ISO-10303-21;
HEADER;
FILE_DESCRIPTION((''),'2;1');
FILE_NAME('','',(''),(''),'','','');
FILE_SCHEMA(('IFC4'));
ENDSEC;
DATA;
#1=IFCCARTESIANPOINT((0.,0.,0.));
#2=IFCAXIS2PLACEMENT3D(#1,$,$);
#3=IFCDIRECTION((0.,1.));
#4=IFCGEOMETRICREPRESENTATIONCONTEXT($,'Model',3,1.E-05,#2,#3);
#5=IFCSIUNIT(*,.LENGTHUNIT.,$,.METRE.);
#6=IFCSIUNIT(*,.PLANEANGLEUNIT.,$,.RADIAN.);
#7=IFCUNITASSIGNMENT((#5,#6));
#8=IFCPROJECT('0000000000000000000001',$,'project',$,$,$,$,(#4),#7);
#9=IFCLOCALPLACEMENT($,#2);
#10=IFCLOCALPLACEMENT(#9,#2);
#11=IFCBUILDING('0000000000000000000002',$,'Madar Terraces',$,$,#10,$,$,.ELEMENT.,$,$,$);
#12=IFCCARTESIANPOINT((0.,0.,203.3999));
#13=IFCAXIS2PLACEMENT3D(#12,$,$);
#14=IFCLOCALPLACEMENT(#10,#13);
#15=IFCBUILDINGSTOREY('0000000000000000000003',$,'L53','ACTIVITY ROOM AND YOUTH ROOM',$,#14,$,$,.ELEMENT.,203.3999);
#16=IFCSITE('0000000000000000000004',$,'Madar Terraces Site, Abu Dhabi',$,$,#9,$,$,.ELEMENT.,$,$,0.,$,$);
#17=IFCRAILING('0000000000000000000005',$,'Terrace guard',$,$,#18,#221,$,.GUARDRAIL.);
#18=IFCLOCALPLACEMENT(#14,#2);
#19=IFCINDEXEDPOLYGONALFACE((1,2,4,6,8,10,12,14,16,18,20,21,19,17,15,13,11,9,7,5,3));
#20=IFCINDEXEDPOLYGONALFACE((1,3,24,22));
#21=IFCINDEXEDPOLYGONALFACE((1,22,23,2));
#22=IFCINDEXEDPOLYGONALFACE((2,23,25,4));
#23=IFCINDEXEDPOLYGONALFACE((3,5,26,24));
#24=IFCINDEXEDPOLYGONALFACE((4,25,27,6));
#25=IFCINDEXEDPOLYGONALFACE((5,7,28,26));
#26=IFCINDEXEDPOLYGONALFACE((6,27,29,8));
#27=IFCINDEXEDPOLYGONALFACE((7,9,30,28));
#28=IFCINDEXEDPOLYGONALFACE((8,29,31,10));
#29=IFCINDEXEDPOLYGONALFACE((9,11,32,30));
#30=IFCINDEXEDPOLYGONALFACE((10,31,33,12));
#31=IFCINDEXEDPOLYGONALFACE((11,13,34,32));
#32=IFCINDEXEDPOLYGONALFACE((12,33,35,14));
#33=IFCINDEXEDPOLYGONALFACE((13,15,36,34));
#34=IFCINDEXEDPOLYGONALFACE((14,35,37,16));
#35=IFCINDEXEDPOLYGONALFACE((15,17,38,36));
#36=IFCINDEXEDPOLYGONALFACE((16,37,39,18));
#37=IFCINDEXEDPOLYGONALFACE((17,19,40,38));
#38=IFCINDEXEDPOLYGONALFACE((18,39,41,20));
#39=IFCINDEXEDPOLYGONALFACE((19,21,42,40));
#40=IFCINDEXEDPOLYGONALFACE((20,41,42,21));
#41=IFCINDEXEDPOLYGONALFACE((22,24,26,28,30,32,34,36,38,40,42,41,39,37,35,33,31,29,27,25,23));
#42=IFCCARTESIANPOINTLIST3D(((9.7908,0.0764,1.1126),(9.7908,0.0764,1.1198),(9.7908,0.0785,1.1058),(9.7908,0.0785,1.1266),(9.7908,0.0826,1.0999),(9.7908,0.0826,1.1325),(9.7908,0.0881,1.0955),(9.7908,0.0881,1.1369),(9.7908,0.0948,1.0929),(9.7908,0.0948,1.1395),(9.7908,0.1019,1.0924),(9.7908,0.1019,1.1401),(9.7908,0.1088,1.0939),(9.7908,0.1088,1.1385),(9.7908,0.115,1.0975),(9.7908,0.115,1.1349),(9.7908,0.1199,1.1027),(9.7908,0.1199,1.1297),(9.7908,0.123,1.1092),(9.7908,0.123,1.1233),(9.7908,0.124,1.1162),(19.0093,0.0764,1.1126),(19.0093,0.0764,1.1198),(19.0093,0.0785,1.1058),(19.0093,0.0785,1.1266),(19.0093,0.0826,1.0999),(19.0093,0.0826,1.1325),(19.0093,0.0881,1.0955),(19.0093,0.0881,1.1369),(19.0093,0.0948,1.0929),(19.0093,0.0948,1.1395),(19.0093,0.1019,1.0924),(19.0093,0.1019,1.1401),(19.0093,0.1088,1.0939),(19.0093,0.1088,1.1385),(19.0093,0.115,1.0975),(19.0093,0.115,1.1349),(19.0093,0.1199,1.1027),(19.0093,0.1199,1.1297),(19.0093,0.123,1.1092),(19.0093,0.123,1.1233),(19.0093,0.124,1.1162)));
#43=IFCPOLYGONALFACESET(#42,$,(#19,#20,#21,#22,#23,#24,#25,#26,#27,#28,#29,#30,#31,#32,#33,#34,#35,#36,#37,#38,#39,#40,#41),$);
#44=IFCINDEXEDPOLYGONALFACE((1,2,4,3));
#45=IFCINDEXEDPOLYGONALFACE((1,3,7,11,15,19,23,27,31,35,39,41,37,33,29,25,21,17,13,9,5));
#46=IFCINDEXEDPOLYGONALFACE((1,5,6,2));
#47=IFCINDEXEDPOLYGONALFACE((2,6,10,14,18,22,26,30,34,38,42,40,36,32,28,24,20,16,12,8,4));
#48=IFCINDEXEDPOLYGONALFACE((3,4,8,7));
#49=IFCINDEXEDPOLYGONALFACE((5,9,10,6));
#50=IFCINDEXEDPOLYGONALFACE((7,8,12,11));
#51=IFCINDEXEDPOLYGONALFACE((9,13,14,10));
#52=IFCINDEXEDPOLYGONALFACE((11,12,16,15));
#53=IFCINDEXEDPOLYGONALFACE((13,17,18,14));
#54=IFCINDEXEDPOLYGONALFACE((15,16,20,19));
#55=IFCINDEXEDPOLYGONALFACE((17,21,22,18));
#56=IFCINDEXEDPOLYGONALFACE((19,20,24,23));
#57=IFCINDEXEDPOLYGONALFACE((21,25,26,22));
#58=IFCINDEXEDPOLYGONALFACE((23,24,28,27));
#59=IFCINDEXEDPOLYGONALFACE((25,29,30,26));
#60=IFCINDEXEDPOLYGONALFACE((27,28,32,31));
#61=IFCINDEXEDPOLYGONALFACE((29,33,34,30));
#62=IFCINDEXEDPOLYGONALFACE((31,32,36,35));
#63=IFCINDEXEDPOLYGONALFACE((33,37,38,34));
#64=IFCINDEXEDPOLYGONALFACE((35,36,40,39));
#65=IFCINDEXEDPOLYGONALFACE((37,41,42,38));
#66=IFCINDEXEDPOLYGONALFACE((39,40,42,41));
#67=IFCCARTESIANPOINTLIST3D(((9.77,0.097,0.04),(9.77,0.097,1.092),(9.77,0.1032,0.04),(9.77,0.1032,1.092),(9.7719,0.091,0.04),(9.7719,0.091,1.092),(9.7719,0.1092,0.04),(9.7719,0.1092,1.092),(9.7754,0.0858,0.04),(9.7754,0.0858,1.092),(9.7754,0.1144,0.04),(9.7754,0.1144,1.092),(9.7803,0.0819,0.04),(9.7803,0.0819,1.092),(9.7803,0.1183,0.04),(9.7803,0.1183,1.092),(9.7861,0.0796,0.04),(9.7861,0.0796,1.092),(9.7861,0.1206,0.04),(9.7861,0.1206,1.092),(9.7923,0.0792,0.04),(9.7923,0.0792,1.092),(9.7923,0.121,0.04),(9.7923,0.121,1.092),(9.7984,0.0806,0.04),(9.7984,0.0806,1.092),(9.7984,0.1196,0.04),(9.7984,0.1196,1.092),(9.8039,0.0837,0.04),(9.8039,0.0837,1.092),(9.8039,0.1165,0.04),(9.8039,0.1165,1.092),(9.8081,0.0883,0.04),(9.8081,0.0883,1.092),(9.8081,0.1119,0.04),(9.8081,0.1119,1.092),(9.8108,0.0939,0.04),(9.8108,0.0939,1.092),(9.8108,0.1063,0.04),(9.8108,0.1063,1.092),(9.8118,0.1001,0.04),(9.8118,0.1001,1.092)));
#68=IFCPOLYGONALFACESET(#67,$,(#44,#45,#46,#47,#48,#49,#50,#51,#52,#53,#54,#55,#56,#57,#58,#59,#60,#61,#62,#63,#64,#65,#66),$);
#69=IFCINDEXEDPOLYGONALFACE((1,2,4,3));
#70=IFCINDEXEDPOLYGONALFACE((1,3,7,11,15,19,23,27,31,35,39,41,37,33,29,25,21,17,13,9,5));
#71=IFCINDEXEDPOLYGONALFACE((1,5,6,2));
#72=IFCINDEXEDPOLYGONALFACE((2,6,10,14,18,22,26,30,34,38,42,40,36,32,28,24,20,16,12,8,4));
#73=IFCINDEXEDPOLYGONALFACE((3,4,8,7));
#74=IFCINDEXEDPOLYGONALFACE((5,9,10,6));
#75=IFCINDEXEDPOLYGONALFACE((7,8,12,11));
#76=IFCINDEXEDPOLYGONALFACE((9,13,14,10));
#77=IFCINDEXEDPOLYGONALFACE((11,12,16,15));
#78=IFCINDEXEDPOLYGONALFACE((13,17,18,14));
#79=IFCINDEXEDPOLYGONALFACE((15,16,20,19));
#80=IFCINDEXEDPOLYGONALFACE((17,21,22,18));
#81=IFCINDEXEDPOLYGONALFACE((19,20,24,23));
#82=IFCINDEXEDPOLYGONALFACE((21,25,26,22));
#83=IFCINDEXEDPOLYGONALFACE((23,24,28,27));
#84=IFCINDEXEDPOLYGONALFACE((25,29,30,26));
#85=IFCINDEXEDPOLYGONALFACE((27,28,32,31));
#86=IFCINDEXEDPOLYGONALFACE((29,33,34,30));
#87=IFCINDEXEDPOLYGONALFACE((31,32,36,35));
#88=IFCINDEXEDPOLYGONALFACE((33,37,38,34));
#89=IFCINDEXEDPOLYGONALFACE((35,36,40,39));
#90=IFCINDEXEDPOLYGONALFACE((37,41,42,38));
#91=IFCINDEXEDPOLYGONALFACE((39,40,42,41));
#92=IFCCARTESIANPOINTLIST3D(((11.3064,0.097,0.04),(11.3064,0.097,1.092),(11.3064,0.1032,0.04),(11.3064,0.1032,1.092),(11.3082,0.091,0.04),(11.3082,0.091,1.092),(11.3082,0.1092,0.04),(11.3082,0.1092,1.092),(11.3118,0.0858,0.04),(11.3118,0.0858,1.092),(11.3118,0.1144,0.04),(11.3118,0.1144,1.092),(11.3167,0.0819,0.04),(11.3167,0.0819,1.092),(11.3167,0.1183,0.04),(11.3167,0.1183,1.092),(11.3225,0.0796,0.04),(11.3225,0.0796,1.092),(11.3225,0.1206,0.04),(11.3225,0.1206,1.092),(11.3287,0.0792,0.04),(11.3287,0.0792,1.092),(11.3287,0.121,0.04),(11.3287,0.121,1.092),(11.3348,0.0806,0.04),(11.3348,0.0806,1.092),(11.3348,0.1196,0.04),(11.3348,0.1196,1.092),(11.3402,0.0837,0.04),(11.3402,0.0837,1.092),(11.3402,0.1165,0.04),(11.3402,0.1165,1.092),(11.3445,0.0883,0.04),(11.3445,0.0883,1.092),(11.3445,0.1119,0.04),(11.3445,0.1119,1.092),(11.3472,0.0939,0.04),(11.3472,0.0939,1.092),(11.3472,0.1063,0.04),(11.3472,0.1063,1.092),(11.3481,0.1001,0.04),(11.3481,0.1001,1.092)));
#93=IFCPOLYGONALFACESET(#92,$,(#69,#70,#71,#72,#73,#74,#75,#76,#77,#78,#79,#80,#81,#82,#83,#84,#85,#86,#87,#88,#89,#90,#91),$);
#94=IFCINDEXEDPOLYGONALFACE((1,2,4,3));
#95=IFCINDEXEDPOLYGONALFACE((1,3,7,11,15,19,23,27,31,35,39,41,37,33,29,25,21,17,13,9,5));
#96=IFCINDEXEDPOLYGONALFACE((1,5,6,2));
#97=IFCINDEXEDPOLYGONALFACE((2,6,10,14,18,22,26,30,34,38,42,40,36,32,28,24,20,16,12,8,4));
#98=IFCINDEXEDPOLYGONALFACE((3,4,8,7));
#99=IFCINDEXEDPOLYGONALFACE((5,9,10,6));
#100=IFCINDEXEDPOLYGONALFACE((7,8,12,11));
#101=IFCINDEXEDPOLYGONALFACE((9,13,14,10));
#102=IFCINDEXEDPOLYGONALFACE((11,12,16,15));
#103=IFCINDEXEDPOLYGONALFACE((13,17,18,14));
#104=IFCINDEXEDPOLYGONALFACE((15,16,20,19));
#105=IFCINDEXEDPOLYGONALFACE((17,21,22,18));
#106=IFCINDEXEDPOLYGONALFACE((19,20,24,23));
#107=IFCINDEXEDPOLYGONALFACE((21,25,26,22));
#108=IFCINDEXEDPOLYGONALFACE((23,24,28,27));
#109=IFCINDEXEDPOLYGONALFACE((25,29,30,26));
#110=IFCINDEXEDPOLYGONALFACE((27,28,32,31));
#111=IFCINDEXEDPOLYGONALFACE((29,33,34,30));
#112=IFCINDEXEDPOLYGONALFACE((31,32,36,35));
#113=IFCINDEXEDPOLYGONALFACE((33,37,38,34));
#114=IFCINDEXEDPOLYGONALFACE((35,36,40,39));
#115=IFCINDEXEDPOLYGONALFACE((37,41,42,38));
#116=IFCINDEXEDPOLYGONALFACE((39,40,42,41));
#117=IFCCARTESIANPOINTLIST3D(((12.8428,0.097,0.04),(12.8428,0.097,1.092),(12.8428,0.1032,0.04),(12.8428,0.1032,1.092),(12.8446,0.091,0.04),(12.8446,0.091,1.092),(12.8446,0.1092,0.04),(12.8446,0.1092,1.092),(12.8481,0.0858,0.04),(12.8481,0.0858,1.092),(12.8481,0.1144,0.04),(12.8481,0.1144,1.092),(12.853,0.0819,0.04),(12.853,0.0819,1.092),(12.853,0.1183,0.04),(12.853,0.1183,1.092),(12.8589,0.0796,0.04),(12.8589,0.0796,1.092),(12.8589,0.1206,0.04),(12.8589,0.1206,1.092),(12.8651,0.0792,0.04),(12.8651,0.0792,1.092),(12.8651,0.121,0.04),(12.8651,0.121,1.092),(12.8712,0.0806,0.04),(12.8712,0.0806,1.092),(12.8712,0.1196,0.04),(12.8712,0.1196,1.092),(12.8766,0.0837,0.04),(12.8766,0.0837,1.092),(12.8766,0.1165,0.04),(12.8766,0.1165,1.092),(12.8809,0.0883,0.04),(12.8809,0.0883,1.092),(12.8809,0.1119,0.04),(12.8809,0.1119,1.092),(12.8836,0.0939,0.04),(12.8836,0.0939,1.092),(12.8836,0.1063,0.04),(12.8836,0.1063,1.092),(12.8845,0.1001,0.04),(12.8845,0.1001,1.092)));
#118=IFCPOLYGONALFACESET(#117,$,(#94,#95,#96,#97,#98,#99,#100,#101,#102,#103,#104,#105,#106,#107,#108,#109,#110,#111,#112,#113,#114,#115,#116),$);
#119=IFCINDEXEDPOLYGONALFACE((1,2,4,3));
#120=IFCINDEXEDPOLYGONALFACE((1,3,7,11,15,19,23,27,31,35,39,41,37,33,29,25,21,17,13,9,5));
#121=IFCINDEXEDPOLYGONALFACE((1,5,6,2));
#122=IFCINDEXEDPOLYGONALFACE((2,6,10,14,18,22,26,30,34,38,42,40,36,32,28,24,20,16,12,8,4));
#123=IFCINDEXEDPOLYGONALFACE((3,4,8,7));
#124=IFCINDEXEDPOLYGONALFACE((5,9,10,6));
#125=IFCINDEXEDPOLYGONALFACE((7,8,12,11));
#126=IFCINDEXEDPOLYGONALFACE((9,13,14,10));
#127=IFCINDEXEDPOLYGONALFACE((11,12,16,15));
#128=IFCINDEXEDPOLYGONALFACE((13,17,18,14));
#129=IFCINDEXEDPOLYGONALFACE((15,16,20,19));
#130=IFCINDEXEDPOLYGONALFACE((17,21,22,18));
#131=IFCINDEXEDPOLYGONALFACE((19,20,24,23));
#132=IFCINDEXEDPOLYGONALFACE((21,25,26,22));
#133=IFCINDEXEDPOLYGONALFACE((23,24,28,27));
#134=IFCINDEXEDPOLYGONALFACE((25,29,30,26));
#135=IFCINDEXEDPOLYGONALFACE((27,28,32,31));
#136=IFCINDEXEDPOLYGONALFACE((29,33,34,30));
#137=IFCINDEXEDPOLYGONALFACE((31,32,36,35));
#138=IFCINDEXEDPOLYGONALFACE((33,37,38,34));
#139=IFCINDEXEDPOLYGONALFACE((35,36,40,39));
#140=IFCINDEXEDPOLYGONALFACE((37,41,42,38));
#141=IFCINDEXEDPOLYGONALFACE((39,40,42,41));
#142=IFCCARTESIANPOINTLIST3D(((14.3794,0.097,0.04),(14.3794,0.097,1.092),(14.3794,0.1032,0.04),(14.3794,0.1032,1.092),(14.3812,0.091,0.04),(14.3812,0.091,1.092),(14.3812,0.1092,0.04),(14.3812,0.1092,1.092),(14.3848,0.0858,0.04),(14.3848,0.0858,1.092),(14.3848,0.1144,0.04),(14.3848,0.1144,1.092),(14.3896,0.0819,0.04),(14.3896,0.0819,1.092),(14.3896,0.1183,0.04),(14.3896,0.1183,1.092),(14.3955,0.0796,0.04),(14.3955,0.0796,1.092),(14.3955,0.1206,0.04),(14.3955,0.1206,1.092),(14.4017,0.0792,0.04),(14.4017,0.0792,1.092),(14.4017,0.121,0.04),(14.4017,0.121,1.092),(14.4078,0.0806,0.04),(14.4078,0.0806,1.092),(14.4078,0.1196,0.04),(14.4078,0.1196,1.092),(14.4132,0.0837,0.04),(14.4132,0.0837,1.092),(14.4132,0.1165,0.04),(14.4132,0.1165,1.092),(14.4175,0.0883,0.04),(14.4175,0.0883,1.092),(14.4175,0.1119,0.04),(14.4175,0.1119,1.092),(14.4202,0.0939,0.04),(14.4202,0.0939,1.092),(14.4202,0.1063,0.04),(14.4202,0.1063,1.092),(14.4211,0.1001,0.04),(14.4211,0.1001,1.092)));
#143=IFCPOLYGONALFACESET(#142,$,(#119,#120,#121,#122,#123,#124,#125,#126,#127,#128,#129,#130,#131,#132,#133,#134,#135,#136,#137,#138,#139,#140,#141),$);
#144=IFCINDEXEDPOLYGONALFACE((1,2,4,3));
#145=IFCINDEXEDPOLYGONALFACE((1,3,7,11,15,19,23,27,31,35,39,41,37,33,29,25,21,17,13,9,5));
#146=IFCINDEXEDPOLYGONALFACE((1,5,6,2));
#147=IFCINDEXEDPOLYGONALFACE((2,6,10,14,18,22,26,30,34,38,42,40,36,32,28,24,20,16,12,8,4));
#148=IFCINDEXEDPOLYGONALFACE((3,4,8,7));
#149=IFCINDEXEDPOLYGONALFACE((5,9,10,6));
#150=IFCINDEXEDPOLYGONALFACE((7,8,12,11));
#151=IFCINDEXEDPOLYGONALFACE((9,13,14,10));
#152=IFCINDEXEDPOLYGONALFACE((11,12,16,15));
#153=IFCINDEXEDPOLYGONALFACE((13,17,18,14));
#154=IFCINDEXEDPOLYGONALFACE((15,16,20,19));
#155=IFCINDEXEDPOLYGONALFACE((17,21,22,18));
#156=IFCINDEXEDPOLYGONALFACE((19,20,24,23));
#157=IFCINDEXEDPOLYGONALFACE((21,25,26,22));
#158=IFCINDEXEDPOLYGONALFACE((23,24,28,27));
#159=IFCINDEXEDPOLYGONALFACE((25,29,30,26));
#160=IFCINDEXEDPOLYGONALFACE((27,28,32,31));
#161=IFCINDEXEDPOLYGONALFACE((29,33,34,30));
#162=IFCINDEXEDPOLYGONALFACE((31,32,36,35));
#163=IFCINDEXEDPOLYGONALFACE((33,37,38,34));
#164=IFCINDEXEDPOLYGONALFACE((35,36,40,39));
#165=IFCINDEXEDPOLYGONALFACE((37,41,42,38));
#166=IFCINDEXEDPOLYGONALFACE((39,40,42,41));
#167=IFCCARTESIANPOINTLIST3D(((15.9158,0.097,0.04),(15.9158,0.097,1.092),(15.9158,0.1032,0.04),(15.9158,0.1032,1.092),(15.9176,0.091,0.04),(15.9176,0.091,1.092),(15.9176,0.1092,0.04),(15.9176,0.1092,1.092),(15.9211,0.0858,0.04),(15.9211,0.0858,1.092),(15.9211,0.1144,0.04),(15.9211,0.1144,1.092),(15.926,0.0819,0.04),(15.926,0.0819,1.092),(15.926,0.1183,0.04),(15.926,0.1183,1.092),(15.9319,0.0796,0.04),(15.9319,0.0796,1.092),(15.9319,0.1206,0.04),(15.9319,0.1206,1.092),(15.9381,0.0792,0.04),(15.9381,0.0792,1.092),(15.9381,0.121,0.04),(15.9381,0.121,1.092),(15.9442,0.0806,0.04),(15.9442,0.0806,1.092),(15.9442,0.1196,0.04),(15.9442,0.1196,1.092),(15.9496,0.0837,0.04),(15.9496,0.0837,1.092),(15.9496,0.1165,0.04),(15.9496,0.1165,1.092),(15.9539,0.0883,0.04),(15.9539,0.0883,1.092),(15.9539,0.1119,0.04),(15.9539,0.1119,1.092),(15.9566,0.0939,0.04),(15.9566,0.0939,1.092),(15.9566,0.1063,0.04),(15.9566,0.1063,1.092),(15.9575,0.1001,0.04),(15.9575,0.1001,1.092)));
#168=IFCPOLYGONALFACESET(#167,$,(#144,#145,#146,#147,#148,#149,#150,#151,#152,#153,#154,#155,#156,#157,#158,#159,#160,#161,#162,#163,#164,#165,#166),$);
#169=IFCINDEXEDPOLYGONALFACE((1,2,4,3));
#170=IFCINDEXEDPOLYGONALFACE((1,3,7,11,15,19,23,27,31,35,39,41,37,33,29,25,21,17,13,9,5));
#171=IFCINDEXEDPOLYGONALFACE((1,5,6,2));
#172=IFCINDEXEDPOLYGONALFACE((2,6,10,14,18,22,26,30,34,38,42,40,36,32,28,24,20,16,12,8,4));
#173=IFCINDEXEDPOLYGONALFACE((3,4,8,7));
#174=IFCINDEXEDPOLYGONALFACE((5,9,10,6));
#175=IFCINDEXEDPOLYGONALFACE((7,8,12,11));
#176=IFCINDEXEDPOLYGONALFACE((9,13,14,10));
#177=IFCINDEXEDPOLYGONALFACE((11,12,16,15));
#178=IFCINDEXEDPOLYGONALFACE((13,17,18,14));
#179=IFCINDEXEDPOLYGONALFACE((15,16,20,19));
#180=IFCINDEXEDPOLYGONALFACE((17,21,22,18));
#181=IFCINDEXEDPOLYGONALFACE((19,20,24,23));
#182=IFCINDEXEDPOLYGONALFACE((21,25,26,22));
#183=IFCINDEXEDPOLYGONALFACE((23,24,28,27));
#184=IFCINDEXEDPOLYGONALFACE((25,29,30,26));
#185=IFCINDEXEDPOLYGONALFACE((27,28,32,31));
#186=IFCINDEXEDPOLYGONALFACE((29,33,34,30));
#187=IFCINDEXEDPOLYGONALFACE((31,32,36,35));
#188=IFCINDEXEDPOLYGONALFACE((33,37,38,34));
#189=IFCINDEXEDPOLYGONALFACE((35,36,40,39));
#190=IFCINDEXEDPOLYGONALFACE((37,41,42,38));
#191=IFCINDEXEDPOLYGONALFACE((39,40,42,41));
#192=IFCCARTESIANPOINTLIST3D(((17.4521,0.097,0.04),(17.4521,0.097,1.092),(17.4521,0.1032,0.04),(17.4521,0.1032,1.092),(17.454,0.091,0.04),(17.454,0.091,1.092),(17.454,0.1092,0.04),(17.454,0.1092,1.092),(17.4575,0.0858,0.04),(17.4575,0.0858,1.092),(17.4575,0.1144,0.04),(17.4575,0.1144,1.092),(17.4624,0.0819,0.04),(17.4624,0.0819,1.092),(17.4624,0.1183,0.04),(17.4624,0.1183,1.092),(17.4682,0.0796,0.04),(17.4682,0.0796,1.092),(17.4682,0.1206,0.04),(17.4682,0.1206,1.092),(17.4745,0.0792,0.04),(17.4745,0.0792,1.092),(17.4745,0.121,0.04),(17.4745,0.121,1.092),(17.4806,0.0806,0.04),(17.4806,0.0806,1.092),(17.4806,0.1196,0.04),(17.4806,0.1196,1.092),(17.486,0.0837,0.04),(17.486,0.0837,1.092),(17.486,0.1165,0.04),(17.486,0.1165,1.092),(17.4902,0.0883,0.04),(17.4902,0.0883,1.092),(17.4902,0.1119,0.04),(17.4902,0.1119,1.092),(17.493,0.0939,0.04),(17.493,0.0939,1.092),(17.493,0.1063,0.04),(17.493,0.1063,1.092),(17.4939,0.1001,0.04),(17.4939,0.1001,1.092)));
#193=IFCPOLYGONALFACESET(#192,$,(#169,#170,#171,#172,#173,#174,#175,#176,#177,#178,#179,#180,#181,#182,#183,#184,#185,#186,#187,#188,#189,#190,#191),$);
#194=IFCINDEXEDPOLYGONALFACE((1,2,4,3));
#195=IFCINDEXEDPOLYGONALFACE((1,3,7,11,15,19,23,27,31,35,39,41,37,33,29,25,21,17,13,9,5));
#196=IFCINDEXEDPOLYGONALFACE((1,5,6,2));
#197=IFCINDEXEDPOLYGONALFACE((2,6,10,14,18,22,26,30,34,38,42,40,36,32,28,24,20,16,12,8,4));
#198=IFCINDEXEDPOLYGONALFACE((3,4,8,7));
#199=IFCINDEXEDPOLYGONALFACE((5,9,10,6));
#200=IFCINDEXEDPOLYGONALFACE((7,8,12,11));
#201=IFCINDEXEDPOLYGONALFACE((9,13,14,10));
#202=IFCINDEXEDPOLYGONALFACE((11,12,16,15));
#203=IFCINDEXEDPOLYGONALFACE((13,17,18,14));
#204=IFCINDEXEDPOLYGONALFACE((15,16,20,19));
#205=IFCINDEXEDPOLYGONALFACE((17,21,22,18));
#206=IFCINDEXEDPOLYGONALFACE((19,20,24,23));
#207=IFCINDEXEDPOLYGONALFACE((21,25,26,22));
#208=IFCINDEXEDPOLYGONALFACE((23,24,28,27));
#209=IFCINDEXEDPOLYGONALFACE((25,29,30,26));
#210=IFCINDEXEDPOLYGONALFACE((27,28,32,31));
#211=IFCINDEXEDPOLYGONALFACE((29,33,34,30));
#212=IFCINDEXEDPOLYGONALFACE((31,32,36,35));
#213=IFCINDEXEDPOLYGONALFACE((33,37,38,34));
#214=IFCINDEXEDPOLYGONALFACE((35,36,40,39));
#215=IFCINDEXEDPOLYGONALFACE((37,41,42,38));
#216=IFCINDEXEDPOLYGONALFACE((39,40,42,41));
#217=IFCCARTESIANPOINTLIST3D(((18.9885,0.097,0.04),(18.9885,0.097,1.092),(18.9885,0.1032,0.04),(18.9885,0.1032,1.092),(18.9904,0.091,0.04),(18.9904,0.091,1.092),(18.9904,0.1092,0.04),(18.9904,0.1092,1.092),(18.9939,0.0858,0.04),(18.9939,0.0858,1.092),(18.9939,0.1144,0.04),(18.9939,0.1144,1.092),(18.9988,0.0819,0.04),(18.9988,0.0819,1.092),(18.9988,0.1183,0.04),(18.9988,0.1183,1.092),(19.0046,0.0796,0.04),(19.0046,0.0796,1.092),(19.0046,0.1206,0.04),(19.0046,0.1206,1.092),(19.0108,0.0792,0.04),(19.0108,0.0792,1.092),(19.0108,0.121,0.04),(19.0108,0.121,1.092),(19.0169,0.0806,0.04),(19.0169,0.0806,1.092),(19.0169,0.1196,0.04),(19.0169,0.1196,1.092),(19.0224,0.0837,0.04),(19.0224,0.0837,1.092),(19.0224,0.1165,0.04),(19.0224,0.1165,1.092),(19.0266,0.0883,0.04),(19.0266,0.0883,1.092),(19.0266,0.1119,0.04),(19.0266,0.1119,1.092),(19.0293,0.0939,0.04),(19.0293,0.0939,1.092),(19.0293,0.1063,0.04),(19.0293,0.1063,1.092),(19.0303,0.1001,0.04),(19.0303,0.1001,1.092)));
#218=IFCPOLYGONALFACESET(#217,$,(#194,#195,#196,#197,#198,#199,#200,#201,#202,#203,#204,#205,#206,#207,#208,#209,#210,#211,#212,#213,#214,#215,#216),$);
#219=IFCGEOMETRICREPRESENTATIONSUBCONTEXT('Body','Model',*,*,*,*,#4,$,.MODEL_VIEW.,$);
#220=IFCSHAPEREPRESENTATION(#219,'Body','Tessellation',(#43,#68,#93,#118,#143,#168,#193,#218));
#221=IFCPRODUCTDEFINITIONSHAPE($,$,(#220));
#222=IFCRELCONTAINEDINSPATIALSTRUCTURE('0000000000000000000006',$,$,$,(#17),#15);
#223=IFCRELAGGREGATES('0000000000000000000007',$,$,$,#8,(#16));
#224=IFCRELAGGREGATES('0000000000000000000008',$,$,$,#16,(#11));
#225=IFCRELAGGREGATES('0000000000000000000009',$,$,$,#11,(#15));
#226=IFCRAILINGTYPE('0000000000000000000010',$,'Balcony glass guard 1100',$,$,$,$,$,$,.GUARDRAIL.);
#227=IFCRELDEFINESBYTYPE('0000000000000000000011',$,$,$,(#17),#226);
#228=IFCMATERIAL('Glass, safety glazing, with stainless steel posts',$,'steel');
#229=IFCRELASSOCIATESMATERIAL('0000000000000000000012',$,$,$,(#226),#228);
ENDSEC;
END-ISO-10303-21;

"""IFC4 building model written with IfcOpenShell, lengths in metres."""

from ifc_helpers import new_model, si_unit, direction, frame, origin, origin_2d, place, context, subcontext, project, spatial, circle, extrude, material, type_object, element, save


model = new_model("IFC4")

# Units and contexts
model_context = context("Model", 3, precision=1e-05, world=origin(), true_north=direction((0.0, 1.0)))
body_context = subcontext(model_context, "Body", "Model", "MODEL_VIEW")
ifc_project = project(units=[si_unit("LENGTHUNIT", "METRE"), si_unit("PLANEANGLEUNIT", "RADIAN")], contexts=[model_context])

# Site, building, storey
site_placement = place(None, origin())
site = spatial("IfcSite", under=ifc_project, at=site_placement, Name="Madar Terraces Site, Abu Dhabi", CompositionType="ELEMENT", RefElevation=0.0)
building_placement = place(site_placement, origin())
building = spatial("IfcBuilding", under=site, at=building_placement, Name="Madar Terraces", CompositionType="ELEMENT")
storey_placement = place(building_placement, frame((0.0, 0.0, 203.3999)))
storey = spatial("IfcBuildingStorey", under=building, at=storey_placement, Name="L53", Description="ACTIVITY ROOM AND YOUTH ROOM", CompositionType="ELEMENT", Elevation=203.3999)

# Railing
ifc_material_1 = material(Name="Glass, safety glazing, with stainless steel posts", Category="steel")
railing_type = type_object("IfcRailingType", Name="Balcony glass guard 1100", PredefinedType="GUARDRAIL", material=ifc_material_1)
railing_placement = place(storey_placement, frame((9.7908, 0.1001, 0.04)))
element("IfcRailing", 1, at=railing_placement, inside=storey, type_object=railing_type, Name="Terrace guard", PredefinedType="GUARDRAIL", context=body_context, shape_type="SweptSolid", body=[
    extrude(circle(Radius=0.0239, at=origin_2d()), frame((0.0, 0.0, 1.0762), z_axis=(1.0, 0.0, 0.0), x_axis=(0.0, 1.0, 0.0)), (0.0, 0.0, 1.0), 9.2185),
    extrude(circle(Radius=0.021, at=origin_2d()), origin(), (0.0, 0.0, 1.0), 1.052),
    extrude(circle(Radius=0.021, at=origin_2d()), frame((1.5364, 0.0, 0.0)), (0.0, 0.0, 1.0), 1.052),
    extrude(circle(Radius=0.021, at=origin_2d()), frame((3.0728, 0.0, 0.0)), (0.0, 0.0, 1.0), 1.052),
    extrude(circle(Radius=0.021, at=origin_2d()), frame((4.6094, 0.0, 0.0)), (0.0, 0.0, 1.0), 1.052),
    extrude(circle(Radius=0.021, at=origin_2d()), frame((6.1458, 0.0, 0.0)), (0.0, 0.0, 1.0), 1.052),
    extrude(circle(Radius=0.021, at=origin_2d()), frame((7.6821, 0.0, 0.0)), (0.0, 0.0, 1.0), 1.052),
    extrude(circle(Radius=0.021, at=origin_2d()), frame((9.2185, 0.0, 0.0)), (0.0, 0.0, 1.0), 1.052),
])

save(model, "model.ifc")
